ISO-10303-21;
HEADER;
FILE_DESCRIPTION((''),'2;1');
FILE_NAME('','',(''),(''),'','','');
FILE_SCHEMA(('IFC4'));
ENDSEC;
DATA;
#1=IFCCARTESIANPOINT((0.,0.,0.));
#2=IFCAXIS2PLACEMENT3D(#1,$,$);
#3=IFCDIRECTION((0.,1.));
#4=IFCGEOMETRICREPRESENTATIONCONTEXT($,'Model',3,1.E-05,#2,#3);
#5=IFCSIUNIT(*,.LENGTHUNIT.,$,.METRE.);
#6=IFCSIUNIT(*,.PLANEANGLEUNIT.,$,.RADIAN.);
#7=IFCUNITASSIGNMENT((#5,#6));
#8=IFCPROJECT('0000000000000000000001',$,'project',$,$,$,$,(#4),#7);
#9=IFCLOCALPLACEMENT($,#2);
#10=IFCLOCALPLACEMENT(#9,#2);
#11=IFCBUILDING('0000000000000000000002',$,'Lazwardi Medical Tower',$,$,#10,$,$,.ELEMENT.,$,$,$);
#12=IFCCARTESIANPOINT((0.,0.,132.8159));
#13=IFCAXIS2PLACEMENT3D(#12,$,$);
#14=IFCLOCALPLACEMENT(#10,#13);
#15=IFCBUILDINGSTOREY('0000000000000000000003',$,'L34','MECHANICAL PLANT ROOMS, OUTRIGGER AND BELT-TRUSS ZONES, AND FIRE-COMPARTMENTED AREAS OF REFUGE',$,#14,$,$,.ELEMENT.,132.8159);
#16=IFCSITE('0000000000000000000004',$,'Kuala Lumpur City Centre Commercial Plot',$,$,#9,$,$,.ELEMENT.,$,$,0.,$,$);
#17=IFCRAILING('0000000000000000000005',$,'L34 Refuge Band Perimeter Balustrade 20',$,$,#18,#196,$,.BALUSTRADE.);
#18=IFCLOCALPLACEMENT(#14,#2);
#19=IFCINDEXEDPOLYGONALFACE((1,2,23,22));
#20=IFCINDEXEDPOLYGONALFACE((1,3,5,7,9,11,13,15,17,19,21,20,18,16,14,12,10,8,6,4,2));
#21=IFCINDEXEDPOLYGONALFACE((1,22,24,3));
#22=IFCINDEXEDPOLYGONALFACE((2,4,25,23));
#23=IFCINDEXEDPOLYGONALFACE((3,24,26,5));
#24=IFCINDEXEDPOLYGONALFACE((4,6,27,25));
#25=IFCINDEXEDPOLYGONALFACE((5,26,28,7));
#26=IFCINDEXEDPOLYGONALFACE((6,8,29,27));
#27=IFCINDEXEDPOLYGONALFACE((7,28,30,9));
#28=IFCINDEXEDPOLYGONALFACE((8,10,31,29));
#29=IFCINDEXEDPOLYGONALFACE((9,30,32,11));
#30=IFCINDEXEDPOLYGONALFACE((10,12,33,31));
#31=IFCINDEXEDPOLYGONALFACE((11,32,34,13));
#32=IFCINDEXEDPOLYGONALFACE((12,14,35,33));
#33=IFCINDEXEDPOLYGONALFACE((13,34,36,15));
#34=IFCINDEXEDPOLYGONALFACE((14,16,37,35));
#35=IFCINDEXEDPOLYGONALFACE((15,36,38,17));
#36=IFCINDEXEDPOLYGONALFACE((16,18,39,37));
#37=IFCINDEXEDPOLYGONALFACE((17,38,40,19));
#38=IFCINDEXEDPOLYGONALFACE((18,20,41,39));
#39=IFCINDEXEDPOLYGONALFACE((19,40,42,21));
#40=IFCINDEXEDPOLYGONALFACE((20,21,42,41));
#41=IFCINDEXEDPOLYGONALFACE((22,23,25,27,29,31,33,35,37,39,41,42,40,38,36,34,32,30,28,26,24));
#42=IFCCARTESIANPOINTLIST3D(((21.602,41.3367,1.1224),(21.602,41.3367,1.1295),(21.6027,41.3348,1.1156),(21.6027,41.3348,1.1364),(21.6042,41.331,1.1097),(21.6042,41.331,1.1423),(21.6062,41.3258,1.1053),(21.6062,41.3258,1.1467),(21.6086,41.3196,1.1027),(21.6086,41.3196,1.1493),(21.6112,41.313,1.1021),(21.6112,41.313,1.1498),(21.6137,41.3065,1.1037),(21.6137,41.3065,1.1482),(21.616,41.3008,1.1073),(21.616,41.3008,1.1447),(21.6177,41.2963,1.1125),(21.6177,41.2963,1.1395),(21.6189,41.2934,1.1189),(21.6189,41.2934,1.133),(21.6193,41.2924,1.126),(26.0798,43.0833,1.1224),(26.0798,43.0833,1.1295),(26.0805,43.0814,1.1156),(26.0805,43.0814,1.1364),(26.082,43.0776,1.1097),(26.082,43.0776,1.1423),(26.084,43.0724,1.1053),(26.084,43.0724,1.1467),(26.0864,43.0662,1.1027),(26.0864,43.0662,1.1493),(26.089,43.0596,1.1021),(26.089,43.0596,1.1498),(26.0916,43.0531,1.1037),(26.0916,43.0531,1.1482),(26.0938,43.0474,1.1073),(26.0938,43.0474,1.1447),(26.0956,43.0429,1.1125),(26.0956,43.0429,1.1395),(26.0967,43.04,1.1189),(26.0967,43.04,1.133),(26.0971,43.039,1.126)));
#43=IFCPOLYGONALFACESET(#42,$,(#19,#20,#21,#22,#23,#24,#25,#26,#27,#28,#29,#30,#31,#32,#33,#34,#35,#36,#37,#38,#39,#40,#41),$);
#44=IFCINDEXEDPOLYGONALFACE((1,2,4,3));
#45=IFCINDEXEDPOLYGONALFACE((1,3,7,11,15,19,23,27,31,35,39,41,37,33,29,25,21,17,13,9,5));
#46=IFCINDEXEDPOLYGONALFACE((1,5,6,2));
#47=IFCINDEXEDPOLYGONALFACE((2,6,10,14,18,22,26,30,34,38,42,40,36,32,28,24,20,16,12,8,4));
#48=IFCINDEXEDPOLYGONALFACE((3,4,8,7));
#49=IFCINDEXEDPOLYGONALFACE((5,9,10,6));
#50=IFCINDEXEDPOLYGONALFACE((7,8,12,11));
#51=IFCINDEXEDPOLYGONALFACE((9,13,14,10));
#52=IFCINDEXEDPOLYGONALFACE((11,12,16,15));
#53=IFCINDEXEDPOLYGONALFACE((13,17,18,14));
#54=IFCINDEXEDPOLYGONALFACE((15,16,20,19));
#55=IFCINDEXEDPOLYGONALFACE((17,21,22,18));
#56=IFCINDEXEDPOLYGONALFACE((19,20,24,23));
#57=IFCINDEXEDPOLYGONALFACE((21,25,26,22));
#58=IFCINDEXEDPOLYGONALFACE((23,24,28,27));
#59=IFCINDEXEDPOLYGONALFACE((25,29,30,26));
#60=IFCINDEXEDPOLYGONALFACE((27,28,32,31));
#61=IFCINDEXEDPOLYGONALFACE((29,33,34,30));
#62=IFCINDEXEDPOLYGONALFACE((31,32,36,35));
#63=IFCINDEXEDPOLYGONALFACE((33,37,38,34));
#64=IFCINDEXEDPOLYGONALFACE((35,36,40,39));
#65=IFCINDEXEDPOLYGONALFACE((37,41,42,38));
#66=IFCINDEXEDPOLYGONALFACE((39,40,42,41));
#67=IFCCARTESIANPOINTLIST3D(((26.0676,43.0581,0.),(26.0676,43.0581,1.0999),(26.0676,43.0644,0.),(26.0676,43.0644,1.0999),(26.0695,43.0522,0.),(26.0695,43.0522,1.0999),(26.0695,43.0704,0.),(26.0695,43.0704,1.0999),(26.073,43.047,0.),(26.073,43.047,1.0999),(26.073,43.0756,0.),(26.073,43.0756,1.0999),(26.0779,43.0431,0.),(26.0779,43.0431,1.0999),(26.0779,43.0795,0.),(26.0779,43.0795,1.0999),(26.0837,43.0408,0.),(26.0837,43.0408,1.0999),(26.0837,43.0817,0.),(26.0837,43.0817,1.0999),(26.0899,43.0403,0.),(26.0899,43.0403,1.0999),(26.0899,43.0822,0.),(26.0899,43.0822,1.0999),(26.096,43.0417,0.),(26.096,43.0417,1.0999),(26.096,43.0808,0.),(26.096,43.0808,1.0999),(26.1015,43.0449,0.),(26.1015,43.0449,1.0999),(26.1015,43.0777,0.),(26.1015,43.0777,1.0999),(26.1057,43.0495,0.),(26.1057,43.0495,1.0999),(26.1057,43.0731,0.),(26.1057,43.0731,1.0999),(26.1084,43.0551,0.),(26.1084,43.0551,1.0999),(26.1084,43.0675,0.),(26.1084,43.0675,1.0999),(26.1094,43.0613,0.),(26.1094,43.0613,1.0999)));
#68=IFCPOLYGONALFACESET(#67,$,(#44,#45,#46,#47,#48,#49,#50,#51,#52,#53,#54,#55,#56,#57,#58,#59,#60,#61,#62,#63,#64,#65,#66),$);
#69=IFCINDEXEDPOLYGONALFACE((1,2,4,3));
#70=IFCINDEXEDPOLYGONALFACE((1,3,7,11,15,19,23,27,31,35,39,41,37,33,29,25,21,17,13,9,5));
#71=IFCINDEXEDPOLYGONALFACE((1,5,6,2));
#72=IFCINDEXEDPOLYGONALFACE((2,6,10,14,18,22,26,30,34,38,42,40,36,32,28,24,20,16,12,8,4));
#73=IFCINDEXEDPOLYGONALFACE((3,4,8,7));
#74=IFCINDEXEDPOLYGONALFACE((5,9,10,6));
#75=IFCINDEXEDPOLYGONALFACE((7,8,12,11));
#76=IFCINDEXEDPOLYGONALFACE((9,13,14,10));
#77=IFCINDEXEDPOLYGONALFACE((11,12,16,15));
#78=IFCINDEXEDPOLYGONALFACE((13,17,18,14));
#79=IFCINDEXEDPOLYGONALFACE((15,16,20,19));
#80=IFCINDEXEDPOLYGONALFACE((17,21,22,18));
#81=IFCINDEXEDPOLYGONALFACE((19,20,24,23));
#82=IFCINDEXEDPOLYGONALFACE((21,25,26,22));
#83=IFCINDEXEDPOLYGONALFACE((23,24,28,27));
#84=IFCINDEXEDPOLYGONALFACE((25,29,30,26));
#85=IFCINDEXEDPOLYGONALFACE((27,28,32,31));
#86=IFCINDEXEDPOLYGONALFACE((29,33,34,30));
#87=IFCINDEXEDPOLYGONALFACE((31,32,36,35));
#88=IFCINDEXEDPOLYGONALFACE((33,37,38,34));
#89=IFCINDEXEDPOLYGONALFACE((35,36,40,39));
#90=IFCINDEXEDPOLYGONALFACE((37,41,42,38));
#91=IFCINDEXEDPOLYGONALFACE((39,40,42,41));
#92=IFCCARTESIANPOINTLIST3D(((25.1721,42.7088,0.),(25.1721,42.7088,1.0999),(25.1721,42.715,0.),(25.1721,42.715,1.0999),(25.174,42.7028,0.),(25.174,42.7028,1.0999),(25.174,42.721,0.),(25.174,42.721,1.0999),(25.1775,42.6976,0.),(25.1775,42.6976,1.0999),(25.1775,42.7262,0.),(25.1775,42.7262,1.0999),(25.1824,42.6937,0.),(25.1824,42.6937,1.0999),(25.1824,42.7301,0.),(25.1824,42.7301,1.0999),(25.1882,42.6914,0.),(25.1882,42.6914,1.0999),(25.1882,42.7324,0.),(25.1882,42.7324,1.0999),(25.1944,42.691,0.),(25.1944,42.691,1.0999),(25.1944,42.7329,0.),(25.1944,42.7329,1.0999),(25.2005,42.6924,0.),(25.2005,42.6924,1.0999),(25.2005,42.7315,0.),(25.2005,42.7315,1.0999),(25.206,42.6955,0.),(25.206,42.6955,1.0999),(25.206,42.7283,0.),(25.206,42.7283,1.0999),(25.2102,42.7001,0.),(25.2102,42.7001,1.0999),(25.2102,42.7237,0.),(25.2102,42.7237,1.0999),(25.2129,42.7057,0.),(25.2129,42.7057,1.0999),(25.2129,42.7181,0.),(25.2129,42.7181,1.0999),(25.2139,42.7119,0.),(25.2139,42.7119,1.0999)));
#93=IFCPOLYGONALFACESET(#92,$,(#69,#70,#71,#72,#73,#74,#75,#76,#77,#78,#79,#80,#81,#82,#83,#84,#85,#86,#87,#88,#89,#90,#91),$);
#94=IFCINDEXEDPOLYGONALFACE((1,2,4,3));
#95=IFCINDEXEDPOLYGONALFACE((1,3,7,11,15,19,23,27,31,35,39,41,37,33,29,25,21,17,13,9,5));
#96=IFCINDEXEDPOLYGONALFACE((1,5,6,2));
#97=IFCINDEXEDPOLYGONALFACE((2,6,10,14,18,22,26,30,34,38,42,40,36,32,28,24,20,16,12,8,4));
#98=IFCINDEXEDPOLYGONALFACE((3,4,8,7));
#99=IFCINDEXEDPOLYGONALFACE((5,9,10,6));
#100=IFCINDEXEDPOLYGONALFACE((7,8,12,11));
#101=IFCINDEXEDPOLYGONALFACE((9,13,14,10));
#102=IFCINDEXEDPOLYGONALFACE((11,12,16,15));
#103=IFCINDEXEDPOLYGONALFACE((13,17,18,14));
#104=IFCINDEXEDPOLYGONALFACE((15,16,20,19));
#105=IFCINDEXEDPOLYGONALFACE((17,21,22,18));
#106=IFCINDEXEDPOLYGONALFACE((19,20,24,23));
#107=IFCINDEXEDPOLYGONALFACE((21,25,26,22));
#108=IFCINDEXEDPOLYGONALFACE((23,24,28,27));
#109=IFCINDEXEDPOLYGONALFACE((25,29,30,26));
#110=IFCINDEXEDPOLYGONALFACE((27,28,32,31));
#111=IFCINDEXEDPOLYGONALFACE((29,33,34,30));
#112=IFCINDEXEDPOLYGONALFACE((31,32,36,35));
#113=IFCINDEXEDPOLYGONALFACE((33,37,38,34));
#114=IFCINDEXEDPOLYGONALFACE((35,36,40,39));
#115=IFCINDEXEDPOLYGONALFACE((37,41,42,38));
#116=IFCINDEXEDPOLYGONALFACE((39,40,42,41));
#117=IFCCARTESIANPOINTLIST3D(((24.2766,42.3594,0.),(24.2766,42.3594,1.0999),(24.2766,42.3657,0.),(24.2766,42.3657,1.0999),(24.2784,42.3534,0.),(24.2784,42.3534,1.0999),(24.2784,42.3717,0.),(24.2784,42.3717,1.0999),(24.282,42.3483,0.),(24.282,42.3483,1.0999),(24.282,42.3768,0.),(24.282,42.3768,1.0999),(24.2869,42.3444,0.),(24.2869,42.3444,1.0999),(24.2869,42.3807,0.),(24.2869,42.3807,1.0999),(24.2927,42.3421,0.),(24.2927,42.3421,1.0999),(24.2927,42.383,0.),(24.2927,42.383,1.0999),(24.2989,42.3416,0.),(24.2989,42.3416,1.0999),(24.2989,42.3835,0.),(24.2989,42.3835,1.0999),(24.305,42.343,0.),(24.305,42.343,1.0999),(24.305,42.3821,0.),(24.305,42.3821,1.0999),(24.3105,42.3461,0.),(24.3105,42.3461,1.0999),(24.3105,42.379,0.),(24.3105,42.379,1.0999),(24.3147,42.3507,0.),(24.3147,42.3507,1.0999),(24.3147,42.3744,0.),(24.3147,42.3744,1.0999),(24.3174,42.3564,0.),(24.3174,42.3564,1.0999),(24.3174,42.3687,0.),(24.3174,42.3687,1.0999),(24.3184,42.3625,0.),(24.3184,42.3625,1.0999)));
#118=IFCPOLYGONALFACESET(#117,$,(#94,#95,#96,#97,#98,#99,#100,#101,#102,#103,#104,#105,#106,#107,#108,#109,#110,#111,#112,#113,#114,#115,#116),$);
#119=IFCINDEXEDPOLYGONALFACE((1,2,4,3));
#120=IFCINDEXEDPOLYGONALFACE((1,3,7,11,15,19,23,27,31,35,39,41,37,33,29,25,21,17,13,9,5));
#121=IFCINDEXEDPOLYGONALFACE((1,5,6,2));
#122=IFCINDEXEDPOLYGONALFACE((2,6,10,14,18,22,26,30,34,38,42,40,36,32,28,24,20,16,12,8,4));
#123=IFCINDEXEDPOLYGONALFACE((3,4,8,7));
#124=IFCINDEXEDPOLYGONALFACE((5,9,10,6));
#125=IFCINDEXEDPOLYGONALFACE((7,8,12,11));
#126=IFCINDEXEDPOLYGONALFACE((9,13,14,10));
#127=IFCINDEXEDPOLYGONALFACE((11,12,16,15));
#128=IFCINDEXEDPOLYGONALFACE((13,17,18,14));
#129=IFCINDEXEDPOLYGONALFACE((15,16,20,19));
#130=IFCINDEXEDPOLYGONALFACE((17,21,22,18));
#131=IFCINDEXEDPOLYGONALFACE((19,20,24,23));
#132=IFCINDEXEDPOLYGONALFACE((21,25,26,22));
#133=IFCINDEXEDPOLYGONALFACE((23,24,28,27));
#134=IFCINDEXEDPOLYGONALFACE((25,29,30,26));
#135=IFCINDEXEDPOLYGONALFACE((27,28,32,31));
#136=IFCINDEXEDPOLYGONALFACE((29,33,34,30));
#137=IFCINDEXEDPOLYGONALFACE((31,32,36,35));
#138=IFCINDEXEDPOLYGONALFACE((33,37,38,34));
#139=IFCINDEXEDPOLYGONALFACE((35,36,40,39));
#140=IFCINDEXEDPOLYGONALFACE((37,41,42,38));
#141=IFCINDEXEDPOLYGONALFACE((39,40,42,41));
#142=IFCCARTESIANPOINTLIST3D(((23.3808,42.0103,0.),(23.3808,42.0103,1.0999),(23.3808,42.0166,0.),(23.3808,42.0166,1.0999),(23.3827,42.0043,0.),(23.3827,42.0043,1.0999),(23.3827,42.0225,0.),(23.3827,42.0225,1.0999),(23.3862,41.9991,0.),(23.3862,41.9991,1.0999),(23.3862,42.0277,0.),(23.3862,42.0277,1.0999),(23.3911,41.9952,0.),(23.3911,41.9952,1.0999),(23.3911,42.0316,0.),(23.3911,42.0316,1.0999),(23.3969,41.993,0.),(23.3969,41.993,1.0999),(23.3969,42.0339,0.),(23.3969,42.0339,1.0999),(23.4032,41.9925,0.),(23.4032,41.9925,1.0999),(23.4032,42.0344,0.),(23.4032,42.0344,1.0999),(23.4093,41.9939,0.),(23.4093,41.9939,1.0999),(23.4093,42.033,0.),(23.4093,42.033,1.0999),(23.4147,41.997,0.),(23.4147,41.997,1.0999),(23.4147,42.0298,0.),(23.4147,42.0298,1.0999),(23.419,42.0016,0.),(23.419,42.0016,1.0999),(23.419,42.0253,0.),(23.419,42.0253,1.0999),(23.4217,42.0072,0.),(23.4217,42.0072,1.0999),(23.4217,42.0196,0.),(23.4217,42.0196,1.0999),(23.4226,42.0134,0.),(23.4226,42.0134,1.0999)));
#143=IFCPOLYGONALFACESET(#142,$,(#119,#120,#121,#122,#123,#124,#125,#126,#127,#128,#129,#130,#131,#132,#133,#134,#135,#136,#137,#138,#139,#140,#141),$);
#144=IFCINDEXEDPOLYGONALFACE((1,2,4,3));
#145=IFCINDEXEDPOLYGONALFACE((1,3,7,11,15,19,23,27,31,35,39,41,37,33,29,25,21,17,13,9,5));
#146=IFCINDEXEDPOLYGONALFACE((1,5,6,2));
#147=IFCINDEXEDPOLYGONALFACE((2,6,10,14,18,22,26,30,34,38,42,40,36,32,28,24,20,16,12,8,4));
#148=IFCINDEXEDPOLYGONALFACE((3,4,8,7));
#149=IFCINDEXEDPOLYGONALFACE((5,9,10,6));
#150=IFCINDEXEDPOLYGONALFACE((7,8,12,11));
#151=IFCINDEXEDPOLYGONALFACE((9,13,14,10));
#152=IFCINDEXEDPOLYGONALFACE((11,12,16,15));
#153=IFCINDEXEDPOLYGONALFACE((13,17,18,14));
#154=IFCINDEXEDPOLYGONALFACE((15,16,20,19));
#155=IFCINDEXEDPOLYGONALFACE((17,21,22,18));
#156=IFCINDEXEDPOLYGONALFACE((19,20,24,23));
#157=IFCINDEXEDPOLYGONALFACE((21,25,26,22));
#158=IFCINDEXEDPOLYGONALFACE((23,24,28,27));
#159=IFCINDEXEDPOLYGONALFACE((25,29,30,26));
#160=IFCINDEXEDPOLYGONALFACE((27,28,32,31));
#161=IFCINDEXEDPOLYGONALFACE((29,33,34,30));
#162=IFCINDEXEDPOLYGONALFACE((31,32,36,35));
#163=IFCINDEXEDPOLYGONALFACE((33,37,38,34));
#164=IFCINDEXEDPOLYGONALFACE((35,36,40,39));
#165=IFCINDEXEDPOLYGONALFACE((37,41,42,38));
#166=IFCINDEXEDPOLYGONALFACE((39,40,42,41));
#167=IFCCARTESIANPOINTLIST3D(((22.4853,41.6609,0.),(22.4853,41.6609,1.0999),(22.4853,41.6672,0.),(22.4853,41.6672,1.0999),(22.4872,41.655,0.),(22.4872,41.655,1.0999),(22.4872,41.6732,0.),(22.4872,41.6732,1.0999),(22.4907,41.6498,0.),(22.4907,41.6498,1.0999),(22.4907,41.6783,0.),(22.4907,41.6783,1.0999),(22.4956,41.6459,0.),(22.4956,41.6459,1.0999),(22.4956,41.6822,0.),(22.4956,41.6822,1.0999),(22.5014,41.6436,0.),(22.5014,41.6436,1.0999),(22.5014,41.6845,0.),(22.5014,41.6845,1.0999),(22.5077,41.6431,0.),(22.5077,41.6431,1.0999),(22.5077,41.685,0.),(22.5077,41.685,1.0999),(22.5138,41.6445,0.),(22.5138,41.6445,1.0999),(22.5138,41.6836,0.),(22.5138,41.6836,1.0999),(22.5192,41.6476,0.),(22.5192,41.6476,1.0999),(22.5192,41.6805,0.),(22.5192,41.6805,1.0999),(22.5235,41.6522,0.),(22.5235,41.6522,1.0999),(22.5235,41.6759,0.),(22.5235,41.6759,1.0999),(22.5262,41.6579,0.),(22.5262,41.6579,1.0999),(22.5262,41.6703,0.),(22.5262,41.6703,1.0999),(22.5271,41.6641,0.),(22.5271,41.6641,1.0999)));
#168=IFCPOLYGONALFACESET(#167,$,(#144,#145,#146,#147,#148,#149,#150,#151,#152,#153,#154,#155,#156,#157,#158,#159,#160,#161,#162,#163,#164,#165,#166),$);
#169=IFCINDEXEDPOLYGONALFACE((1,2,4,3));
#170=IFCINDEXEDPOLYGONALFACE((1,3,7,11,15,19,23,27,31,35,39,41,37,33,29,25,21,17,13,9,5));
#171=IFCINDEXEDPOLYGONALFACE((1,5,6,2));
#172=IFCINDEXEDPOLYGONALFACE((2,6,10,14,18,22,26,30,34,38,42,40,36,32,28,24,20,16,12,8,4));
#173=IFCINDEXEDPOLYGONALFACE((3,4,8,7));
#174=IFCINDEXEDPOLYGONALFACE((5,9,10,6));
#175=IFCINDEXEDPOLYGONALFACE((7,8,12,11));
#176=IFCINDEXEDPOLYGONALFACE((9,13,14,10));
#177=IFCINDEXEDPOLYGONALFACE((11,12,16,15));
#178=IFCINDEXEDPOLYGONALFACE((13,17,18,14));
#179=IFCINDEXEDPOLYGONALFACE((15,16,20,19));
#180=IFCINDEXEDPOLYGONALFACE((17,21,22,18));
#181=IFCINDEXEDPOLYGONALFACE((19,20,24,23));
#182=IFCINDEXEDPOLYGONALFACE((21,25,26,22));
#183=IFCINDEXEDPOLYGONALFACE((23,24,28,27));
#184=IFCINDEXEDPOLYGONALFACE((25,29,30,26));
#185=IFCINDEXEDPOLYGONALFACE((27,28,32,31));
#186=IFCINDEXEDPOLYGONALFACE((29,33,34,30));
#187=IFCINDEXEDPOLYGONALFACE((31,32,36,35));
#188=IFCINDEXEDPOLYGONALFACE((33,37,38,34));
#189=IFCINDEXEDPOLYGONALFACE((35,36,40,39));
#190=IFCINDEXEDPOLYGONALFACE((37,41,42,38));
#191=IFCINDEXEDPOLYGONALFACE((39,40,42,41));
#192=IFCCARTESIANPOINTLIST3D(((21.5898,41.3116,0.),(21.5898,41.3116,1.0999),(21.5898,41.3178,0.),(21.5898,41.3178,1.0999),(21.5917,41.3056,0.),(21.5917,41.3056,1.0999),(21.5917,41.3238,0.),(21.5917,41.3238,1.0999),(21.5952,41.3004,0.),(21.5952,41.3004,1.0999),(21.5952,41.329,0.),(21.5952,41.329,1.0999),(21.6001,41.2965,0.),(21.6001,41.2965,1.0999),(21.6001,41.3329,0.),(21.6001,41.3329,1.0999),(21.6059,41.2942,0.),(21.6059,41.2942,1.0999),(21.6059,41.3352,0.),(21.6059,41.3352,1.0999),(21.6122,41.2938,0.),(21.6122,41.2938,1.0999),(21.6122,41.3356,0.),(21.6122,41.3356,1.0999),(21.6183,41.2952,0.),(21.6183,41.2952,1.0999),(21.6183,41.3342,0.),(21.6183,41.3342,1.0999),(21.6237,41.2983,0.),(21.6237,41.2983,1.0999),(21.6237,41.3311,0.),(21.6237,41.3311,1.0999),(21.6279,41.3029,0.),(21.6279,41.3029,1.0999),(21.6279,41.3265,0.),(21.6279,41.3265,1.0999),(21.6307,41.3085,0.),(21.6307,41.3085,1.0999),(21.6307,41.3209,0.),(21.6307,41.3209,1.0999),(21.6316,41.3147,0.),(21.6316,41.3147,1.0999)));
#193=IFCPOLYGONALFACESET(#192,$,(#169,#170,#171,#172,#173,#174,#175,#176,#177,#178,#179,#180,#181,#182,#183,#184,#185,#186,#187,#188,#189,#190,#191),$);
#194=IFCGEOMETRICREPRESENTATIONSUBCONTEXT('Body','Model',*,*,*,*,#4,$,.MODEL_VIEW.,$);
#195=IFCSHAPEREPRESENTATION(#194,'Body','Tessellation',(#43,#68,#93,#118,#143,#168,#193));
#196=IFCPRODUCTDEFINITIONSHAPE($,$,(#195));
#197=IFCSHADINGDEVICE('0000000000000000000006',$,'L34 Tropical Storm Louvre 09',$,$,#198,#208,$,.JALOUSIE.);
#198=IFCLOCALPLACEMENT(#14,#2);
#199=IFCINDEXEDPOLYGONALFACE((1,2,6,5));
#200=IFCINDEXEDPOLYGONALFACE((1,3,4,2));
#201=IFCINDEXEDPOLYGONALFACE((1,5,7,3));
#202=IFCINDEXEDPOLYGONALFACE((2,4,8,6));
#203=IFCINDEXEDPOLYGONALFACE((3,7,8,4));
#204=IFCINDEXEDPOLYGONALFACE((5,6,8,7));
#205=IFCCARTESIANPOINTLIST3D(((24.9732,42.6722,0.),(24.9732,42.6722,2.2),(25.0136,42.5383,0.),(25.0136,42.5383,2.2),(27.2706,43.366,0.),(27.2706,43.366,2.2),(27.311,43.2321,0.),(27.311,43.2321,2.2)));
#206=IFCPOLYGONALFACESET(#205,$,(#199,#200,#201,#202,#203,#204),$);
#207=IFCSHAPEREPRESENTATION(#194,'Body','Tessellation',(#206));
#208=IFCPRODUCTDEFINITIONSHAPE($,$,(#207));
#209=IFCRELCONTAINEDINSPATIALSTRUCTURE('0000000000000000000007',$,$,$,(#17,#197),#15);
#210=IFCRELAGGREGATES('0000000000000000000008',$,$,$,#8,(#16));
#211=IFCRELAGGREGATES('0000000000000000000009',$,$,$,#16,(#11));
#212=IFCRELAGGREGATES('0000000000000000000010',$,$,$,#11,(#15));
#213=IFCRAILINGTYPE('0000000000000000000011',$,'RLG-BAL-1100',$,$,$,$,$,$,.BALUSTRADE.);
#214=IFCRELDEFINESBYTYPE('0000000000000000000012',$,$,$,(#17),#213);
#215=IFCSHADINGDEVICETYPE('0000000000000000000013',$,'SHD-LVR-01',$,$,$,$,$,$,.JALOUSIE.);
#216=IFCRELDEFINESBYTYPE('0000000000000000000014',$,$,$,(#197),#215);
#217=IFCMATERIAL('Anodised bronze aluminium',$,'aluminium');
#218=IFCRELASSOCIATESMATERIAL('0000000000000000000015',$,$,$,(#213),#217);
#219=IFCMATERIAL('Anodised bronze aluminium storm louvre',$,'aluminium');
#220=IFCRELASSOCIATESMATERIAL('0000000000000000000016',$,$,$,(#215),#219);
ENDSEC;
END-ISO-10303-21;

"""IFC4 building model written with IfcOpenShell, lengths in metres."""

from ifc_helpers import new_model, si_unit, direction, frame, origin, origin_2d, place, context, subcontext, project, spatial, rectangle, circle, extrude, material, type_object, element, save


model = new_model("IFC4")

# Units and contexts
model_context = context("Model", 3, precision=1e-05, world=origin(), true_north=direction((0.0, 1.0)))
body_context = subcontext(model_context, "Body", "Model", "MODEL_VIEW")
ifc_project = project(units=[si_unit("LENGTHUNIT", "METRE"), si_unit("PLANEANGLEUNIT", "RADIAN")], contexts=[model_context])

# Site, building, storey
site_placement = place(None, origin())
site = spatial("IfcSite", under=ifc_project, at=site_placement, Name="Kuala Lumpur City Centre Commercial Plot", CompositionType="ELEMENT", RefElevation=0.0)
building_placement = place(site_placement, origin())
building = spatial("IfcBuilding", under=site, at=building_placement, Name="Lazwardi Medical Tower", CompositionType="ELEMENT")
storey_placement = place(building_placement, frame((0.0, 0.0, 132.8159)))
storey = spatial("IfcBuildingStorey", under=building, at=storey_placement, Name="L34", Description="MECHANICAL PLANT ROOMS, OUTRIGGER AND BELT-TRUSS ZONES, AND FIRE-COMPARTMENTED AREAS OF REFUGE", CompositionType="ELEMENT", Elevation=132.8159)

# Railing
ifc_material_1 = material(Name="Anodised bronze aluminium", Category="aluminium")
railing_type = type_object("IfcRailingType", Name="RLG-BAL-1100", PredefinedType="BALUSTRADE", material=ifc_material_1)
railing_1_placement = place(storey_placement, frame((26.0884, 43.0613, 0.0)))
element("IfcRailing", 1, at=railing_1_placement, inside=storey, type_object=railing_type, Name="L34 Refuge Band Perimeter Balustrade 20", PredefinedType="BALUSTRADE", context=body_context, shape_type="SweptSolid", body=[
    extrude(circle(Radius=0.0239, at=origin_2d()), frame((0.0, 0.0, 1.126), z_axis=(-0.931637, -0.36339, 0.0), x_axis=(0.36339, -0.931637, 0.0)), (0.0, 0.0, 1.0), 4.8064),
    extrude(circle(Radius=0.021, at=origin_2d()), origin(), (0.0, 0.0, 1.0), 1.0999),
    extrude(circle(Radius=0.021, at=origin_2d()), frame((-0.8955, -0.3494, 0.0)), (0.0, 0.0, 1.0), 1.0999),
    extrude(circle(Radius=0.021, at=origin_2d()), frame((-1.791, -0.6987, 0.0)), (0.0, 0.0, 1.0), 1.0999),
    extrude(circle(Radius=0.021, at=origin_2d()), frame((-2.6868, -1.0479, 0.0)), (0.0, 0.0, 1.0), 1.0999),
    extrude(circle(Radius=0.021, at=origin_2d()), frame((-3.5823, -1.3972, 0.0)), (0.0, 0.0, 1.0), 1.0999),
    extrude(circle(Radius=0.021, at=origin_2d()), frame((-4.4778, -1.7466, 0.0)), (0.0, 0.0, 1.0), 1.0999),
])

# Shading device
ifc_material_2 = material(Name="Anodised bronze aluminium storm louvre", Category="aluminium")
shading_device_type = type_object("IfcShadingDeviceType", Name="SHD-LVR-01", PredefinedType="JALOUSIE", material=ifc_material_2)
shading_device_placement = place(storey_placement, frame((26.1421, 42.9521, 0.0), z_axis=(0.0, 0.0, 1.0), x_axis=(-0.957299, -0.289099, 0.0)))
element("IfcShadingDevice", 2, at=shading_device_placement, inside=storey, type_object=shading_device_type, Name="L34 Tropical Storm Louvre 09", PredefinedType="JALOUSIE", context=body_context, shape_type="SweptSolid", body=[
    extrude(rectangle(XDim=2.3999, YDim=0.1399, at=origin_2d()), origin(), (0.0, 0.0, 1.0), 2.2),
])

save(model, "model.ifc")
